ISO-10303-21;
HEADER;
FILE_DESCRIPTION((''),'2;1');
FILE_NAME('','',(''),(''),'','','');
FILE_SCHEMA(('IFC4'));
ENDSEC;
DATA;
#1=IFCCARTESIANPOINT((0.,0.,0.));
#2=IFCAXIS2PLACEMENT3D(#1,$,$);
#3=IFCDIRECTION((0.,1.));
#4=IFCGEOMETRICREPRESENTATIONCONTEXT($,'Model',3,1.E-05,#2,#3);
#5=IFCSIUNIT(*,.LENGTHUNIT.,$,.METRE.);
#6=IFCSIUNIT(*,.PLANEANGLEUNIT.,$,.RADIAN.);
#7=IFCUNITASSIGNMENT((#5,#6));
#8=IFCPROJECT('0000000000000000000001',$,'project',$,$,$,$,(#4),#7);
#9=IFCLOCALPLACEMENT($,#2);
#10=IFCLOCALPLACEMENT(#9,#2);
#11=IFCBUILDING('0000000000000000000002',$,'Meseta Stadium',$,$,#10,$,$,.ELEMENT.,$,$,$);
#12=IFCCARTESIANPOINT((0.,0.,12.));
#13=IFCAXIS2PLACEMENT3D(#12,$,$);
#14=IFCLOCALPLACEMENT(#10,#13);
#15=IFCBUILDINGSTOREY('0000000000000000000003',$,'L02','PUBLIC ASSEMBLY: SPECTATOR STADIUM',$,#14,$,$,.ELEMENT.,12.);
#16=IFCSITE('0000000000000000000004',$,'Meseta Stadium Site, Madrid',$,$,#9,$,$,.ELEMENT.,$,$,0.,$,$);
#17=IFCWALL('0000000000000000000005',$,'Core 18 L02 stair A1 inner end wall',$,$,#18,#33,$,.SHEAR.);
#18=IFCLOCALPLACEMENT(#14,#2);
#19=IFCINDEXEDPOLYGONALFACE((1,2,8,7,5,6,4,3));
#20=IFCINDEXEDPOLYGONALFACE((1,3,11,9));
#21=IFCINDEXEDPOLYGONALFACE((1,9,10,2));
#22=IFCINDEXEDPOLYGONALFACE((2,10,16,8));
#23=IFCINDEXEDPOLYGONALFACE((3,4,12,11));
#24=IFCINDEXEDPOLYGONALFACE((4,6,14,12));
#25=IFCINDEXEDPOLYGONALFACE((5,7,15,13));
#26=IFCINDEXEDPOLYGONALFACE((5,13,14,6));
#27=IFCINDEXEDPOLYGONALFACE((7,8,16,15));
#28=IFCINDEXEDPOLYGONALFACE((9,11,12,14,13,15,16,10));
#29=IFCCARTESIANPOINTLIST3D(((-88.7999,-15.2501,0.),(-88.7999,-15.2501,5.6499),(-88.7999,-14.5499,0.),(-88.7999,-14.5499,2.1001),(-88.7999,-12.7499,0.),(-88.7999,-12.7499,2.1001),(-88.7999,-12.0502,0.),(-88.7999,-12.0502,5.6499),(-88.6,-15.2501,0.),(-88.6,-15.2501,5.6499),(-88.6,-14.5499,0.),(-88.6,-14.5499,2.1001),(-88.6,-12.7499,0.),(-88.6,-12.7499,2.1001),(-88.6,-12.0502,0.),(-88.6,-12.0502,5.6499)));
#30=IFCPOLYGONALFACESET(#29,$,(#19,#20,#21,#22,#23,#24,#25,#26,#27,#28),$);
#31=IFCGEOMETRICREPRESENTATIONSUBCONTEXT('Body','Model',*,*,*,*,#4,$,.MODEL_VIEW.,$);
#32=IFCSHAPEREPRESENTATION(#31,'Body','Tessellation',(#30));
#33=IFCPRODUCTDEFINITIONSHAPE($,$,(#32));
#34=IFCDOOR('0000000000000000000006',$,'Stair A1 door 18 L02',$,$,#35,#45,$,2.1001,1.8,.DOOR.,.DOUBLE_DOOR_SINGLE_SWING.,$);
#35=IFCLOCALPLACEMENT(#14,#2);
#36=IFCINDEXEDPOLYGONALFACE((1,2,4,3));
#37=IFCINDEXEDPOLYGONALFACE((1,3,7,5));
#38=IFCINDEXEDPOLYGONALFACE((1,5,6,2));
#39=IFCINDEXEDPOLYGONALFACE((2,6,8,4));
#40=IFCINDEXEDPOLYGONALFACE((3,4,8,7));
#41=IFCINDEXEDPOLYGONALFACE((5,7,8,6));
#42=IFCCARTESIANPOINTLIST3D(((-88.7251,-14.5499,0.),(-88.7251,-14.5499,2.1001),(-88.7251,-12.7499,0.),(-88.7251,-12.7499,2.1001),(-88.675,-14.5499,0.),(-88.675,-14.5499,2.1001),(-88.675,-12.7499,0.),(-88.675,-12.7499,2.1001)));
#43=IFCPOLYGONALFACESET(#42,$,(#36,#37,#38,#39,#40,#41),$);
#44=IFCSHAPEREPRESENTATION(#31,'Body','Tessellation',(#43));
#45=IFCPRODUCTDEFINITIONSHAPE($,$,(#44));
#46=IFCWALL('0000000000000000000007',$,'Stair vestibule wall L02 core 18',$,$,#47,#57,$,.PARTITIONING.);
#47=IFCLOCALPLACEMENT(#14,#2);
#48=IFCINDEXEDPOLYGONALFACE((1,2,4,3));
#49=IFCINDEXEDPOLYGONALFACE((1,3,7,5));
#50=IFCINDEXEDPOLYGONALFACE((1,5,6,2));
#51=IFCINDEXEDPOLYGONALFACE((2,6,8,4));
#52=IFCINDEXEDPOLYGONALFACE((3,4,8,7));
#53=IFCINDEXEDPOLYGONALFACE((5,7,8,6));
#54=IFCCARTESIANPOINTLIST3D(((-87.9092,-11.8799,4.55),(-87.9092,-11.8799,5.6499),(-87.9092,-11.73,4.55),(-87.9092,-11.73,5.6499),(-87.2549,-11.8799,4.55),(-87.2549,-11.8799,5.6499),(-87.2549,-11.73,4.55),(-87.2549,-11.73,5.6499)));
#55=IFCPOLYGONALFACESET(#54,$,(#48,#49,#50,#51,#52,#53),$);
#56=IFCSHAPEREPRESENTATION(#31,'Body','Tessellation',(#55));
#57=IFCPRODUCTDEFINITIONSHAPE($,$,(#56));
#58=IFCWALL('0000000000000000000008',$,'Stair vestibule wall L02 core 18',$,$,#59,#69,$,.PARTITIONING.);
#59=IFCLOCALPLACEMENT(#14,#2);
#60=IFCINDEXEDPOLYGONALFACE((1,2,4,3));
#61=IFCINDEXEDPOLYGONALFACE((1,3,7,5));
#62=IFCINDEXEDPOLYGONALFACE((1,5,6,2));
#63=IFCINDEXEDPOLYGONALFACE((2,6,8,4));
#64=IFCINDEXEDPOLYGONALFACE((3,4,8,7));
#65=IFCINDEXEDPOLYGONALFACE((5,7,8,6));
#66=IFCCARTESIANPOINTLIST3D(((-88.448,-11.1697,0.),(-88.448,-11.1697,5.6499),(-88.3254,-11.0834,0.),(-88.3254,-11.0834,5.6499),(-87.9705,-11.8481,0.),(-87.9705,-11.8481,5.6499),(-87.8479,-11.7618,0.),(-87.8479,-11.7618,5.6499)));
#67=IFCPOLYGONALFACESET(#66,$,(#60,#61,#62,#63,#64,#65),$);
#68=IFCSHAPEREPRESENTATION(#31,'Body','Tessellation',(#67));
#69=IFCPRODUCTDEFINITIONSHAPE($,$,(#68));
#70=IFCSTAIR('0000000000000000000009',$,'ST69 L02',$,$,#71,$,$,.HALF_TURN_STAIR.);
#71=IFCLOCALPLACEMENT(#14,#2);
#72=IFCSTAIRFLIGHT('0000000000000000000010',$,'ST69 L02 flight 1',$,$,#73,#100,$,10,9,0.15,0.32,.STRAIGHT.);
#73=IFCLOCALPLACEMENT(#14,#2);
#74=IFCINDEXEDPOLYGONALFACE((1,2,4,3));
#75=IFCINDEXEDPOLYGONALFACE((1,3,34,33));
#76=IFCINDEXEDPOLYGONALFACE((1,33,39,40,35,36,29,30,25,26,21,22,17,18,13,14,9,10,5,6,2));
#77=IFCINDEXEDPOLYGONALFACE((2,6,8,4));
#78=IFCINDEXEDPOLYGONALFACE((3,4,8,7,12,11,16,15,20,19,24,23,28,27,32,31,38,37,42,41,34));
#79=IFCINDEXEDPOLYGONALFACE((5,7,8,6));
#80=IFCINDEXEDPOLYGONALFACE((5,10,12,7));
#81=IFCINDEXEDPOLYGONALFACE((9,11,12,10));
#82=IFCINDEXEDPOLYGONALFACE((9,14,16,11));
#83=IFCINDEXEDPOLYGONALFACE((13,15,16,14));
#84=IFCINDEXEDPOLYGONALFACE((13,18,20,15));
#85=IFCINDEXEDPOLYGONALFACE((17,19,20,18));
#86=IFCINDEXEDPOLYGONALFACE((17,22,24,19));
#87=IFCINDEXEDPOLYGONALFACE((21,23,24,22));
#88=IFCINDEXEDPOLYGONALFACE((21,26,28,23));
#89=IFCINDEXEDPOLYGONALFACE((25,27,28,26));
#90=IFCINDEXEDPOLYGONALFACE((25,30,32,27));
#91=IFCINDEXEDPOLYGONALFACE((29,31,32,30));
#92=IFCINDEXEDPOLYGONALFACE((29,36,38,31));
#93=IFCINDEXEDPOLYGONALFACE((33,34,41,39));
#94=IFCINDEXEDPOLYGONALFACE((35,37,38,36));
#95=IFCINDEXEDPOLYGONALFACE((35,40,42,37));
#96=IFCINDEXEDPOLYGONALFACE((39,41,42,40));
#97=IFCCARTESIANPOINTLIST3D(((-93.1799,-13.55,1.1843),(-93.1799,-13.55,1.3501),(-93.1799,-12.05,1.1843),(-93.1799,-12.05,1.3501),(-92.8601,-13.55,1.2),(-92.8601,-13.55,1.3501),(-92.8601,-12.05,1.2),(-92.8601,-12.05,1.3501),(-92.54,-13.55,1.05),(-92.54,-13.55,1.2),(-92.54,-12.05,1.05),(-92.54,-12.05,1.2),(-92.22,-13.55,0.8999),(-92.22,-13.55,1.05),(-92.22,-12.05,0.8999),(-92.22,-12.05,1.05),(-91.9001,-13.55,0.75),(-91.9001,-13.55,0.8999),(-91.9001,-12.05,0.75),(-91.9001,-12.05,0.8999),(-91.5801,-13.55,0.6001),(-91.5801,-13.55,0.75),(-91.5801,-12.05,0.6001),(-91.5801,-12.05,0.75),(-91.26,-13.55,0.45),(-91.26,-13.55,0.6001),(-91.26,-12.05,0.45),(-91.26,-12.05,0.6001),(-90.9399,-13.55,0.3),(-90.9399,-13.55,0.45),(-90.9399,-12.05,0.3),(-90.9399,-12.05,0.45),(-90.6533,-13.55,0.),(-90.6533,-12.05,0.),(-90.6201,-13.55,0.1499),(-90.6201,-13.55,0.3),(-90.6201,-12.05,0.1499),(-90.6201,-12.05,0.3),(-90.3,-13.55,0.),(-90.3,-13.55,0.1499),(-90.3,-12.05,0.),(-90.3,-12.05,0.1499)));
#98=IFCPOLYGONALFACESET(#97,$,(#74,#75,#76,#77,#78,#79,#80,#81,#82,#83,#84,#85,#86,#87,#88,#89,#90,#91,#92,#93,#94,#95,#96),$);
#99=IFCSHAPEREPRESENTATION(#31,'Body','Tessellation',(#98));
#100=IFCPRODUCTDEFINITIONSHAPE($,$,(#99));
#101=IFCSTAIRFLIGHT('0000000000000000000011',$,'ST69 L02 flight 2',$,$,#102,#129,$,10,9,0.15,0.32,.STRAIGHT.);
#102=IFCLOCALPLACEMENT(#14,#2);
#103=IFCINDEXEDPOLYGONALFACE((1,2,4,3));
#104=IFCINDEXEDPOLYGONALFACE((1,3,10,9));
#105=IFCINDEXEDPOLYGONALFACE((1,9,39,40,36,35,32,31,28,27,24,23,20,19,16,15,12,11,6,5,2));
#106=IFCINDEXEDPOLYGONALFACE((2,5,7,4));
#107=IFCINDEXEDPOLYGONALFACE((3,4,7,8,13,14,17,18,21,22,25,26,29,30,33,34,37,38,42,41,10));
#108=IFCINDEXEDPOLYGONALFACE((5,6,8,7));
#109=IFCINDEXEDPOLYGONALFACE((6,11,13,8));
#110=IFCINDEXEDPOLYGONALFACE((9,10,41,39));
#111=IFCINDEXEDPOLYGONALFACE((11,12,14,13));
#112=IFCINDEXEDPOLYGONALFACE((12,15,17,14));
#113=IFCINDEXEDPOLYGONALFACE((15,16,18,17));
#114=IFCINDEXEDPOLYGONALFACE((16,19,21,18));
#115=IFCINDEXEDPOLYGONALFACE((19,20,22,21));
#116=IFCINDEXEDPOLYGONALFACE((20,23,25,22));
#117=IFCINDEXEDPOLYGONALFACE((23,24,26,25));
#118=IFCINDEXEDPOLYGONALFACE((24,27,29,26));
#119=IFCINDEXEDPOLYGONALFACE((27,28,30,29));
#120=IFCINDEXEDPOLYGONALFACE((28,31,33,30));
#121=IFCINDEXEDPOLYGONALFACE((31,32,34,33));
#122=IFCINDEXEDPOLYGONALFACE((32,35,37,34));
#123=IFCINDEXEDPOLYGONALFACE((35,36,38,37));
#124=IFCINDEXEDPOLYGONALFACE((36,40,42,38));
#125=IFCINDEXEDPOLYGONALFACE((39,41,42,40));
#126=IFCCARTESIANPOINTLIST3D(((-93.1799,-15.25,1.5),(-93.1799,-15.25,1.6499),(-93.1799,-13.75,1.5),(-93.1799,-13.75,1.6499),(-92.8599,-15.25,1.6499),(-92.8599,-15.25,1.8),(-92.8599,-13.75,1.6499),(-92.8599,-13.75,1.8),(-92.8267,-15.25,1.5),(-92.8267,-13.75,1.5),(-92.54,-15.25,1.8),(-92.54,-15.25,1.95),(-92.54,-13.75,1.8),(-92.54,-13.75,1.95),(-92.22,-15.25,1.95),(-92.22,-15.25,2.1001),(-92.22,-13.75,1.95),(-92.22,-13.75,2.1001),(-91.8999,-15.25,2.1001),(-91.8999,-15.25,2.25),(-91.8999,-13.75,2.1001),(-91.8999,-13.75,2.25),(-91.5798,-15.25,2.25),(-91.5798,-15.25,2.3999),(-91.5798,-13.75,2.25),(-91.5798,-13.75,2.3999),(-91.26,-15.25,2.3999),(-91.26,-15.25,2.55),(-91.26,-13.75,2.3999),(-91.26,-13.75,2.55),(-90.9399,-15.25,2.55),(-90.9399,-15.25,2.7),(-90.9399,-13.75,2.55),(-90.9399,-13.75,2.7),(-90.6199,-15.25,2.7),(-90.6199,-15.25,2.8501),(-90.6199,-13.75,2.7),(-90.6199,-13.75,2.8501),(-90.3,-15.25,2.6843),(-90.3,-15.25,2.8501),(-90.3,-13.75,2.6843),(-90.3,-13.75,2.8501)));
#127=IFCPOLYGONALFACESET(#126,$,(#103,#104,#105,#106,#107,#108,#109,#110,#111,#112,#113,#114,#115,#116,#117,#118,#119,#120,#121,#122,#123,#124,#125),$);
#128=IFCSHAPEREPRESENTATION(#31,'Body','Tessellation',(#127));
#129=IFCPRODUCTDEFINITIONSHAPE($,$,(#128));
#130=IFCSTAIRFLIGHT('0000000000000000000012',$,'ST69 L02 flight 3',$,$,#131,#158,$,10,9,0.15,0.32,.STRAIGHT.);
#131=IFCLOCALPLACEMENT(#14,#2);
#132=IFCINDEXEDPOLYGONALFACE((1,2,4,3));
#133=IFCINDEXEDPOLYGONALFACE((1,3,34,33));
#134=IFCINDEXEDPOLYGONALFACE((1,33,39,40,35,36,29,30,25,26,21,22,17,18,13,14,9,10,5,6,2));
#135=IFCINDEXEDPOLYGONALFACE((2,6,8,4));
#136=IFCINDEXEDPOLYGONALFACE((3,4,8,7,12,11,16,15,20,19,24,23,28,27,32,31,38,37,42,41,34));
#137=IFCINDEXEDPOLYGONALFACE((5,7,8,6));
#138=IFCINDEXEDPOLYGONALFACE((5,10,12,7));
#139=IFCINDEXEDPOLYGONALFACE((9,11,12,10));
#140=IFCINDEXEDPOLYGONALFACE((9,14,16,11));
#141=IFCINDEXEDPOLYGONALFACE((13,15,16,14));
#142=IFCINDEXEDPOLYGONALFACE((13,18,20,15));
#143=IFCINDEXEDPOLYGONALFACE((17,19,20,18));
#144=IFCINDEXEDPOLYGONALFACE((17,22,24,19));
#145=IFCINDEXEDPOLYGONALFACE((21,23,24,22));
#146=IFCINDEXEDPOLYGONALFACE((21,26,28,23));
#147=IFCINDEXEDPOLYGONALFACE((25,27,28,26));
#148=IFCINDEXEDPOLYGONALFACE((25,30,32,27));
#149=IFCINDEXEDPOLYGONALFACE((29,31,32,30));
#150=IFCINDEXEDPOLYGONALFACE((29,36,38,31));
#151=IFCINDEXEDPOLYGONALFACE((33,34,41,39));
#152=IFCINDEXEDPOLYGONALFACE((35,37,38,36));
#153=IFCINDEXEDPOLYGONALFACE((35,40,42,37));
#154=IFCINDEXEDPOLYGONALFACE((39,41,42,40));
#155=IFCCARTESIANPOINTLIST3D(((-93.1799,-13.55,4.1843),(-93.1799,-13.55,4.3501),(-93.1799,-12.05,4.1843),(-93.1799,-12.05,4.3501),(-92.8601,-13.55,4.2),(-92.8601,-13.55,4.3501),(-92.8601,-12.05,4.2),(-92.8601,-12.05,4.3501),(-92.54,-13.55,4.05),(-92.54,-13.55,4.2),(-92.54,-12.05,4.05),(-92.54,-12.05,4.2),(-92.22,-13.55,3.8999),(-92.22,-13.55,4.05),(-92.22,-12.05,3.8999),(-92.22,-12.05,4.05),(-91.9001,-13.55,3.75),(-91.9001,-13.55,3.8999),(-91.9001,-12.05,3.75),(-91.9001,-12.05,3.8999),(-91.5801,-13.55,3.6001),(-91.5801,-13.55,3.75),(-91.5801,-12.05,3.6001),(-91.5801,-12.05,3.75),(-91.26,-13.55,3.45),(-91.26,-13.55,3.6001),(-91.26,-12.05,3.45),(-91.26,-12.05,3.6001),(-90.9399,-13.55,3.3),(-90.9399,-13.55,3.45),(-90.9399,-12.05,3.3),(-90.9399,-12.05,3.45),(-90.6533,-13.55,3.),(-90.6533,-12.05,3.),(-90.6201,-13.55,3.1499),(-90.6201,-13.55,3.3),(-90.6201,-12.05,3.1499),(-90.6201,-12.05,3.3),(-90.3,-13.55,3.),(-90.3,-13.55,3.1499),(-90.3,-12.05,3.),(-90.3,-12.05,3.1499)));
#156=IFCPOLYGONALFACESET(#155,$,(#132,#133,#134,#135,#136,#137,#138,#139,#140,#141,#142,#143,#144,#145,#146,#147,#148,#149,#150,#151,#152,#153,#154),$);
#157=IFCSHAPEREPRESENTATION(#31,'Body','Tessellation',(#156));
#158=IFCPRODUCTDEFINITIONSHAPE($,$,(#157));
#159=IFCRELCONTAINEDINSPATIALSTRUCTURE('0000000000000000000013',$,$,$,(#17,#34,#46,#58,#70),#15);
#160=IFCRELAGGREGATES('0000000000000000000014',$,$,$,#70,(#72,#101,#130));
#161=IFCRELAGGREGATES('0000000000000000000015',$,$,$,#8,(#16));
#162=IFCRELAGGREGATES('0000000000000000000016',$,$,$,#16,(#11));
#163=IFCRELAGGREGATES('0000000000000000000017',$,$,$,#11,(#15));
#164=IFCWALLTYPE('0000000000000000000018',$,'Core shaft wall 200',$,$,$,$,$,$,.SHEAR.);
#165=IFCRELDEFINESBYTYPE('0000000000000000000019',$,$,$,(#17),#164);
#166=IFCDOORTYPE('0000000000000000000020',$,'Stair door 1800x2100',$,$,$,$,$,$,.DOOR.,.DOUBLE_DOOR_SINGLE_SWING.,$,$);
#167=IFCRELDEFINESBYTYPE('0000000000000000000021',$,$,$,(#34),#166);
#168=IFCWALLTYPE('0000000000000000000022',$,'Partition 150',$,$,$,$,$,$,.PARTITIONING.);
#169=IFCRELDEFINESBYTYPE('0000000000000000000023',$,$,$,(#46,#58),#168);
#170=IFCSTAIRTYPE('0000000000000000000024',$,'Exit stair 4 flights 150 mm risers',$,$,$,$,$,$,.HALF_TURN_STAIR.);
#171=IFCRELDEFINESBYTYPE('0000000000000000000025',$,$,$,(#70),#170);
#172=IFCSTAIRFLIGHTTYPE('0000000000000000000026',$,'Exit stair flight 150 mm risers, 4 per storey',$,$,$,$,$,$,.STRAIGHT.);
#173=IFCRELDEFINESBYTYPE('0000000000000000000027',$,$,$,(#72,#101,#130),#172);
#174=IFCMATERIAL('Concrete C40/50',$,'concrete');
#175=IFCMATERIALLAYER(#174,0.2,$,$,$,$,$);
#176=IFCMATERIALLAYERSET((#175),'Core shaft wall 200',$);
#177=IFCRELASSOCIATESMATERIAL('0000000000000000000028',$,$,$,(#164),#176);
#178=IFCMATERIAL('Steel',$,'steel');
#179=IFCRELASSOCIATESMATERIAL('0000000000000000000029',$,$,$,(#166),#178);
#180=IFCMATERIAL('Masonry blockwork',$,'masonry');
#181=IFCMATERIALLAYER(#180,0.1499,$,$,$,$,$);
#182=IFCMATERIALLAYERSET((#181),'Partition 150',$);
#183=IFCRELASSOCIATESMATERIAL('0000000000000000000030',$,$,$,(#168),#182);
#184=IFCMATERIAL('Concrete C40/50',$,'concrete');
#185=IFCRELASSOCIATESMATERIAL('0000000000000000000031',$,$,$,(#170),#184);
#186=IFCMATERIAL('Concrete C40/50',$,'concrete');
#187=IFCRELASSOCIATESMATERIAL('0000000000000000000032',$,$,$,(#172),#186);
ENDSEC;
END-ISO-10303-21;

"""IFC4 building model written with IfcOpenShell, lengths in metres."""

from ifc_helpers import new_model, si_unit, direction, frame, frame_2d, origin, place, context, subcontext, project, spatial, polyline, rectangle, outline, extrude, material, layer, layer_set, type_object, element, fill, aggregate, save


model = new_model("IFC4")

# Units and contexts
model_context = context("Model", 3, precision=1e-05, world=origin(), true_north=direction((0.0, 1.0)))
body_context = subcontext(model_context, "Body", "Model", "MODEL_VIEW")
ifc_project = project(units=[si_unit("LENGTHUNIT", "METRE"), si_unit("PLANEANGLEUNIT", "RADIAN")], contexts=[model_context])

# Site, building, storey
site_placement = place(None, origin())
site = spatial("IfcSite", under=ifc_project, at=site_placement, Name="Meseta Stadium Site, Madrid", CompositionType="ELEMENT", RefElevation=0.0)
building_placement = place(site_placement, origin())
building = spatial("IfcBuilding", under=site, at=building_placement, Name="Meseta Stadium", CompositionType="ELEMENT")
storey_placement = place(building_placement, frame((0.0, 0.0, 12.0)))
storey = spatial("IfcBuildingStorey", under=building, at=storey_placement, Name="L02", Description="PUBLIC ASSEMBLY: SPECTATOR STADIUM", CompositionType="ELEMENT", Elevation=12.0)

# Wall, opening, door
ifc_material_1 = material(Name="Concrete C40/50", Category="concrete")
ifc_layer_1 = layer(ifc_material_1, 0.2)
ifc_layer_set_1 = layer_set([ifc_layer_1], Name="Core shaft wall 200")
wall_type_1 = type_object("IfcWallType", Name="Core shaft wall 200", PredefinedType="SHEAR", material=ifc_layer_set_1)
wall_1_placement = place(storey_placement, frame((-88.7, -12.05, 0.0), z_axis=(0.0, 0.0, 1.0), x_axis=(0.0, -1.0, 0.0)))
wall_1 = element("IfcWall", 1, at=wall_1_placement, inside=storey, type_object=wall_type_1, Name="Core 18 L02 stair A1 inner end wall", PredefinedType="SHEAR", context=body_context, shape_type="SweptSolid", body=[
    extrude(rectangle(XDim=3.2, YDim=0.2, at=frame_2d((1.6001, 0.0))), origin(), (0.0, 0.0, 1.0), 5.6499),
])
opening_placement = place(wall_1_placement, frame((0.7, 0.0, 0.0)))
opening = element("IfcOpeningElement", 2, at=opening_placement, cuts=wall_1, PredefinedType="OPENING", context=body_context, shape_type="SweptSolid", body=[
    extrude(rectangle(XDim=1.8, YDim=2.1001, at=frame_2d((0.8999, 1.05))), frame((0.0, 0.1099, 0.0), z_axis=(0.0, -1.0, 0.0), x_axis=(1.0, 0.0, 0.0)), (0.0, 0.0, 1.0), 0.22),
])
ifc_material_2 = material(Name="Steel", Category="steel")
door_type = type_object("IfcDoorType", Name="Stair door 1800x2100", OperationType="DOUBLE_DOOR_SINGLE_SWING", PredefinedType="DOOR", material=ifc_material_2)
door_placement = place(opening_placement, origin())
door = element("IfcDoor", 3, at=door_placement, inside=storey, type_object=door_type, Name="Stair A1 door 18 L02", OperationType="DOUBLE_DOOR_SINGLE_SWING", OverallHeight=2.1001, OverallWidth=1.8, PredefinedType="DOOR", context=body_context, shape_type="SweptSolid", body=[
    extrude(rectangle(XDim=1.8, YDim=2.1001, at=frame_2d((0.8999, 1.05))), frame((0.0, 0.0249, 0.0), z_axis=(0.0, -1.0, 0.0), x_axis=(1.0, 0.0, 0.0)), (0.0, 0.0, 1.0), 0.05),
])
fill(opening, door)

# Walls
ifc_material_3 = material(Name="Masonry blockwork", Category="masonry")
ifc_layer_2 = layer(ifc_material_3, 0.1499)
ifc_layer_set_2 = layer_set([ifc_layer_2], Name="Partition 150")
wall_type_2 = type_object("IfcWallType", Name="Partition 150", PredefinedType="PARTITIONING", material=ifc_layer_set_2)
wall_2_placement = place(storey_placement, frame((-87.2549, -11.8049, 4.55), z_axis=(0.0, 0.0, 1.0), x_axis=(-1.0, 0.0, 0.0)))
element("IfcWall", 4, at=wall_2_placement, inside=storey, type_object=wall_type_2, Name="Stair vestibule wall L02 core 18", PredefinedType="PARTITIONING", context=body_context, shape_type="SweptSolid", body=[
    extrude(rectangle(XDim=0.6543, YDim=0.1499, at=frame_2d((0.3271, 0.0))), origin(), (0.0, 0.0, 1.0), 1.0999),
])
wall_3_placement = place(storey_placement, frame((-87.9092, -11.8049, 0.0), z_axis=(0.0, 0.0, 1.0), x_axis=(-0.575574, 0.81775, 0.0)))
element("IfcWall", 5, at=wall_3_placement, inside=storey, type_object=wall_type_2, Name="Stair vestibule wall L02 core 18", PredefinedType="PARTITIONING", context=body_context, shape_type="SweptSolid", body=[
    extrude(rectangle(XDim=0.8296, YDim=0.1499, at=frame_2d((0.4148, 0.0))), origin(), (0.0, 0.0, 1.0), 5.6499),
])

# Stair, stair flights
ifc_material_4 = material(Name="Concrete C40/50", Category="concrete")
stair_type = type_object("IfcStairType", Name="Exit stair 4 flights 150 mm risers", PredefinedType="HALF_TURN_STAIR", material=ifc_material_4)
stair_placement = place(storey_placement, origin())
stair = element("IfcStair", 6, at=stair_placement, inside=storey, type_object=stair_type, Name="ST69 L02", PredefinedType="HALF_TURN_STAIR")
ifc_material_5 = material(Name="Concrete C40/50", Category="concrete")
stair_flight_type = type_object("IfcStairFlightType", Name="Exit stair flight 150 mm risers, 4 per storey", PredefinedType="STRAIGHT", material=ifc_material_5)
stair_flight_1_placement = place(storey_placement, frame((-90.3, -12.8, 0.0), z_axis=(0.0, 0.0, 1.0), x_axis=(-1.0, 0.0, 0.0)))
stair_flight_1 = element("IfcStairFlight", 7, at=stair_flight_1_placement, type_object=stair_flight_type, Name="ST69 L02 flight 1", NumberOfRisers=10, NumberOfTreads=9, PredefinedType="STRAIGHT", RiserHeight=0.15, TreadLength=0.32, context=body_context, shape_type="SweptSolid", body=[
    extrude(outline(polyline([(0.0, 0.0), (0.0, 0.1499), (0.3201, 0.1499), (0.3201, 0.3), (0.6399, 0.3), (0.6399, 0.45), (0.96, 0.45), (0.96, 0.6001), (1.28, 0.6001), (1.28, 0.75), (1.6001, 0.75), (1.6001, 0.8999), (1.9199, 0.8999), (1.9199, 1.05), (2.24, 1.05), (2.24, 1.2), (2.5601, 1.2), (2.5601, 1.3501), (2.8799, 1.3501), (2.8799, 1.1843), (0.3533, 0.0), (0.0, 0.0)])), frame((0.0, 0.75, 0.0), z_axis=(0.0, -1.0, 0.0), x_axis=(1.0, 0.0, 0.0)), (0.0, 0.0, 1.0), 1.5),
])
stair_flight_2_placement = place(storey_placement, frame((-93.1799, -14.5, 1.5), z_axis=(0.0, 0.0, 1.0), x_axis=(1.0, 0.0, 0.0)))
stair_flight_2 = element("IfcStairFlight", 8, at=stair_flight_2_placement, type_object=stair_flight_type, Name="ST69 L02 flight 2", NumberOfRisers=10, NumberOfTreads=9, PredefinedType="STRAIGHT", RiserHeight=0.15, TreadLength=0.32, context=body_context, shape_type="SweptSolid", body=[
    extrude(outline(polyline([(0.0, 0.0), (0.0, 0.1499), (0.3201, 0.1499), (0.3201, 0.3), (0.6399, 0.3), (0.6399, 0.45), (0.96, 0.45), (0.96, 0.6001), (1.28, 0.6001), (1.28, 0.75), (1.6001, 0.75), (1.6001, 0.8999), (1.9199, 0.8999), (1.9199, 1.05), (2.24, 1.05), (2.24, 1.2), (2.5601, 1.2), (2.5601, 1.3501), (2.8799, 1.3501), (2.8799, 1.1843), (0.3533, 0.0), (0.0, 0.0)])), frame((0.0, 0.75, 0.0), z_axis=(0.0, -1.0, 0.0), x_axis=(1.0, 0.0, 0.0)), (0.0, 0.0, 1.0), 1.5),
])
stair_flight_3_placement = place(storey_placement, frame((-90.3, -12.8, 3.0), z_axis=(0.0, 0.0, 1.0), x_axis=(-1.0, 0.0, 0.0)))
stair_flight_3 = element("IfcStairFlight", 9, at=stair_flight_3_placement, type_object=stair_flight_type, Name="ST69 L02 flight 3", NumberOfRisers=10, NumberOfTreads=9, PredefinedType="STRAIGHT", RiserHeight=0.15, TreadLength=0.32, context=body_context, shape_type="SweptSolid", body=[
    extrude(outline(polyline([(0.0, 0.0), (0.0, 0.1499), (0.3201, 0.1499), (0.3201, 0.3), (0.6399, 0.3), (0.6399, 0.45), (0.96, 0.45), (0.96, 0.6001), (1.28, 0.6001), (1.28, 0.75), (1.6001, 0.75), (1.6001, 0.8999), (1.9199, 0.8999), (1.9199, 1.05), (2.24, 1.05), (2.24, 1.2), (2.5601, 1.2), (2.5601, 1.3501), (2.8799, 1.3501), (2.8799, 1.1843), (0.3533, 0.0), (0.0, 0.0)])), frame((0.0, 0.75, 0.0), z_axis=(0.0, -1.0, 0.0), x_axis=(1.0, 0.0, 0.0)), (0.0, 0.0, 1.0), 1.5),
])
aggregate(stair, [stair_flight_1, stair_flight_2, stair_flight_3])

save(model, "model.ifc")
